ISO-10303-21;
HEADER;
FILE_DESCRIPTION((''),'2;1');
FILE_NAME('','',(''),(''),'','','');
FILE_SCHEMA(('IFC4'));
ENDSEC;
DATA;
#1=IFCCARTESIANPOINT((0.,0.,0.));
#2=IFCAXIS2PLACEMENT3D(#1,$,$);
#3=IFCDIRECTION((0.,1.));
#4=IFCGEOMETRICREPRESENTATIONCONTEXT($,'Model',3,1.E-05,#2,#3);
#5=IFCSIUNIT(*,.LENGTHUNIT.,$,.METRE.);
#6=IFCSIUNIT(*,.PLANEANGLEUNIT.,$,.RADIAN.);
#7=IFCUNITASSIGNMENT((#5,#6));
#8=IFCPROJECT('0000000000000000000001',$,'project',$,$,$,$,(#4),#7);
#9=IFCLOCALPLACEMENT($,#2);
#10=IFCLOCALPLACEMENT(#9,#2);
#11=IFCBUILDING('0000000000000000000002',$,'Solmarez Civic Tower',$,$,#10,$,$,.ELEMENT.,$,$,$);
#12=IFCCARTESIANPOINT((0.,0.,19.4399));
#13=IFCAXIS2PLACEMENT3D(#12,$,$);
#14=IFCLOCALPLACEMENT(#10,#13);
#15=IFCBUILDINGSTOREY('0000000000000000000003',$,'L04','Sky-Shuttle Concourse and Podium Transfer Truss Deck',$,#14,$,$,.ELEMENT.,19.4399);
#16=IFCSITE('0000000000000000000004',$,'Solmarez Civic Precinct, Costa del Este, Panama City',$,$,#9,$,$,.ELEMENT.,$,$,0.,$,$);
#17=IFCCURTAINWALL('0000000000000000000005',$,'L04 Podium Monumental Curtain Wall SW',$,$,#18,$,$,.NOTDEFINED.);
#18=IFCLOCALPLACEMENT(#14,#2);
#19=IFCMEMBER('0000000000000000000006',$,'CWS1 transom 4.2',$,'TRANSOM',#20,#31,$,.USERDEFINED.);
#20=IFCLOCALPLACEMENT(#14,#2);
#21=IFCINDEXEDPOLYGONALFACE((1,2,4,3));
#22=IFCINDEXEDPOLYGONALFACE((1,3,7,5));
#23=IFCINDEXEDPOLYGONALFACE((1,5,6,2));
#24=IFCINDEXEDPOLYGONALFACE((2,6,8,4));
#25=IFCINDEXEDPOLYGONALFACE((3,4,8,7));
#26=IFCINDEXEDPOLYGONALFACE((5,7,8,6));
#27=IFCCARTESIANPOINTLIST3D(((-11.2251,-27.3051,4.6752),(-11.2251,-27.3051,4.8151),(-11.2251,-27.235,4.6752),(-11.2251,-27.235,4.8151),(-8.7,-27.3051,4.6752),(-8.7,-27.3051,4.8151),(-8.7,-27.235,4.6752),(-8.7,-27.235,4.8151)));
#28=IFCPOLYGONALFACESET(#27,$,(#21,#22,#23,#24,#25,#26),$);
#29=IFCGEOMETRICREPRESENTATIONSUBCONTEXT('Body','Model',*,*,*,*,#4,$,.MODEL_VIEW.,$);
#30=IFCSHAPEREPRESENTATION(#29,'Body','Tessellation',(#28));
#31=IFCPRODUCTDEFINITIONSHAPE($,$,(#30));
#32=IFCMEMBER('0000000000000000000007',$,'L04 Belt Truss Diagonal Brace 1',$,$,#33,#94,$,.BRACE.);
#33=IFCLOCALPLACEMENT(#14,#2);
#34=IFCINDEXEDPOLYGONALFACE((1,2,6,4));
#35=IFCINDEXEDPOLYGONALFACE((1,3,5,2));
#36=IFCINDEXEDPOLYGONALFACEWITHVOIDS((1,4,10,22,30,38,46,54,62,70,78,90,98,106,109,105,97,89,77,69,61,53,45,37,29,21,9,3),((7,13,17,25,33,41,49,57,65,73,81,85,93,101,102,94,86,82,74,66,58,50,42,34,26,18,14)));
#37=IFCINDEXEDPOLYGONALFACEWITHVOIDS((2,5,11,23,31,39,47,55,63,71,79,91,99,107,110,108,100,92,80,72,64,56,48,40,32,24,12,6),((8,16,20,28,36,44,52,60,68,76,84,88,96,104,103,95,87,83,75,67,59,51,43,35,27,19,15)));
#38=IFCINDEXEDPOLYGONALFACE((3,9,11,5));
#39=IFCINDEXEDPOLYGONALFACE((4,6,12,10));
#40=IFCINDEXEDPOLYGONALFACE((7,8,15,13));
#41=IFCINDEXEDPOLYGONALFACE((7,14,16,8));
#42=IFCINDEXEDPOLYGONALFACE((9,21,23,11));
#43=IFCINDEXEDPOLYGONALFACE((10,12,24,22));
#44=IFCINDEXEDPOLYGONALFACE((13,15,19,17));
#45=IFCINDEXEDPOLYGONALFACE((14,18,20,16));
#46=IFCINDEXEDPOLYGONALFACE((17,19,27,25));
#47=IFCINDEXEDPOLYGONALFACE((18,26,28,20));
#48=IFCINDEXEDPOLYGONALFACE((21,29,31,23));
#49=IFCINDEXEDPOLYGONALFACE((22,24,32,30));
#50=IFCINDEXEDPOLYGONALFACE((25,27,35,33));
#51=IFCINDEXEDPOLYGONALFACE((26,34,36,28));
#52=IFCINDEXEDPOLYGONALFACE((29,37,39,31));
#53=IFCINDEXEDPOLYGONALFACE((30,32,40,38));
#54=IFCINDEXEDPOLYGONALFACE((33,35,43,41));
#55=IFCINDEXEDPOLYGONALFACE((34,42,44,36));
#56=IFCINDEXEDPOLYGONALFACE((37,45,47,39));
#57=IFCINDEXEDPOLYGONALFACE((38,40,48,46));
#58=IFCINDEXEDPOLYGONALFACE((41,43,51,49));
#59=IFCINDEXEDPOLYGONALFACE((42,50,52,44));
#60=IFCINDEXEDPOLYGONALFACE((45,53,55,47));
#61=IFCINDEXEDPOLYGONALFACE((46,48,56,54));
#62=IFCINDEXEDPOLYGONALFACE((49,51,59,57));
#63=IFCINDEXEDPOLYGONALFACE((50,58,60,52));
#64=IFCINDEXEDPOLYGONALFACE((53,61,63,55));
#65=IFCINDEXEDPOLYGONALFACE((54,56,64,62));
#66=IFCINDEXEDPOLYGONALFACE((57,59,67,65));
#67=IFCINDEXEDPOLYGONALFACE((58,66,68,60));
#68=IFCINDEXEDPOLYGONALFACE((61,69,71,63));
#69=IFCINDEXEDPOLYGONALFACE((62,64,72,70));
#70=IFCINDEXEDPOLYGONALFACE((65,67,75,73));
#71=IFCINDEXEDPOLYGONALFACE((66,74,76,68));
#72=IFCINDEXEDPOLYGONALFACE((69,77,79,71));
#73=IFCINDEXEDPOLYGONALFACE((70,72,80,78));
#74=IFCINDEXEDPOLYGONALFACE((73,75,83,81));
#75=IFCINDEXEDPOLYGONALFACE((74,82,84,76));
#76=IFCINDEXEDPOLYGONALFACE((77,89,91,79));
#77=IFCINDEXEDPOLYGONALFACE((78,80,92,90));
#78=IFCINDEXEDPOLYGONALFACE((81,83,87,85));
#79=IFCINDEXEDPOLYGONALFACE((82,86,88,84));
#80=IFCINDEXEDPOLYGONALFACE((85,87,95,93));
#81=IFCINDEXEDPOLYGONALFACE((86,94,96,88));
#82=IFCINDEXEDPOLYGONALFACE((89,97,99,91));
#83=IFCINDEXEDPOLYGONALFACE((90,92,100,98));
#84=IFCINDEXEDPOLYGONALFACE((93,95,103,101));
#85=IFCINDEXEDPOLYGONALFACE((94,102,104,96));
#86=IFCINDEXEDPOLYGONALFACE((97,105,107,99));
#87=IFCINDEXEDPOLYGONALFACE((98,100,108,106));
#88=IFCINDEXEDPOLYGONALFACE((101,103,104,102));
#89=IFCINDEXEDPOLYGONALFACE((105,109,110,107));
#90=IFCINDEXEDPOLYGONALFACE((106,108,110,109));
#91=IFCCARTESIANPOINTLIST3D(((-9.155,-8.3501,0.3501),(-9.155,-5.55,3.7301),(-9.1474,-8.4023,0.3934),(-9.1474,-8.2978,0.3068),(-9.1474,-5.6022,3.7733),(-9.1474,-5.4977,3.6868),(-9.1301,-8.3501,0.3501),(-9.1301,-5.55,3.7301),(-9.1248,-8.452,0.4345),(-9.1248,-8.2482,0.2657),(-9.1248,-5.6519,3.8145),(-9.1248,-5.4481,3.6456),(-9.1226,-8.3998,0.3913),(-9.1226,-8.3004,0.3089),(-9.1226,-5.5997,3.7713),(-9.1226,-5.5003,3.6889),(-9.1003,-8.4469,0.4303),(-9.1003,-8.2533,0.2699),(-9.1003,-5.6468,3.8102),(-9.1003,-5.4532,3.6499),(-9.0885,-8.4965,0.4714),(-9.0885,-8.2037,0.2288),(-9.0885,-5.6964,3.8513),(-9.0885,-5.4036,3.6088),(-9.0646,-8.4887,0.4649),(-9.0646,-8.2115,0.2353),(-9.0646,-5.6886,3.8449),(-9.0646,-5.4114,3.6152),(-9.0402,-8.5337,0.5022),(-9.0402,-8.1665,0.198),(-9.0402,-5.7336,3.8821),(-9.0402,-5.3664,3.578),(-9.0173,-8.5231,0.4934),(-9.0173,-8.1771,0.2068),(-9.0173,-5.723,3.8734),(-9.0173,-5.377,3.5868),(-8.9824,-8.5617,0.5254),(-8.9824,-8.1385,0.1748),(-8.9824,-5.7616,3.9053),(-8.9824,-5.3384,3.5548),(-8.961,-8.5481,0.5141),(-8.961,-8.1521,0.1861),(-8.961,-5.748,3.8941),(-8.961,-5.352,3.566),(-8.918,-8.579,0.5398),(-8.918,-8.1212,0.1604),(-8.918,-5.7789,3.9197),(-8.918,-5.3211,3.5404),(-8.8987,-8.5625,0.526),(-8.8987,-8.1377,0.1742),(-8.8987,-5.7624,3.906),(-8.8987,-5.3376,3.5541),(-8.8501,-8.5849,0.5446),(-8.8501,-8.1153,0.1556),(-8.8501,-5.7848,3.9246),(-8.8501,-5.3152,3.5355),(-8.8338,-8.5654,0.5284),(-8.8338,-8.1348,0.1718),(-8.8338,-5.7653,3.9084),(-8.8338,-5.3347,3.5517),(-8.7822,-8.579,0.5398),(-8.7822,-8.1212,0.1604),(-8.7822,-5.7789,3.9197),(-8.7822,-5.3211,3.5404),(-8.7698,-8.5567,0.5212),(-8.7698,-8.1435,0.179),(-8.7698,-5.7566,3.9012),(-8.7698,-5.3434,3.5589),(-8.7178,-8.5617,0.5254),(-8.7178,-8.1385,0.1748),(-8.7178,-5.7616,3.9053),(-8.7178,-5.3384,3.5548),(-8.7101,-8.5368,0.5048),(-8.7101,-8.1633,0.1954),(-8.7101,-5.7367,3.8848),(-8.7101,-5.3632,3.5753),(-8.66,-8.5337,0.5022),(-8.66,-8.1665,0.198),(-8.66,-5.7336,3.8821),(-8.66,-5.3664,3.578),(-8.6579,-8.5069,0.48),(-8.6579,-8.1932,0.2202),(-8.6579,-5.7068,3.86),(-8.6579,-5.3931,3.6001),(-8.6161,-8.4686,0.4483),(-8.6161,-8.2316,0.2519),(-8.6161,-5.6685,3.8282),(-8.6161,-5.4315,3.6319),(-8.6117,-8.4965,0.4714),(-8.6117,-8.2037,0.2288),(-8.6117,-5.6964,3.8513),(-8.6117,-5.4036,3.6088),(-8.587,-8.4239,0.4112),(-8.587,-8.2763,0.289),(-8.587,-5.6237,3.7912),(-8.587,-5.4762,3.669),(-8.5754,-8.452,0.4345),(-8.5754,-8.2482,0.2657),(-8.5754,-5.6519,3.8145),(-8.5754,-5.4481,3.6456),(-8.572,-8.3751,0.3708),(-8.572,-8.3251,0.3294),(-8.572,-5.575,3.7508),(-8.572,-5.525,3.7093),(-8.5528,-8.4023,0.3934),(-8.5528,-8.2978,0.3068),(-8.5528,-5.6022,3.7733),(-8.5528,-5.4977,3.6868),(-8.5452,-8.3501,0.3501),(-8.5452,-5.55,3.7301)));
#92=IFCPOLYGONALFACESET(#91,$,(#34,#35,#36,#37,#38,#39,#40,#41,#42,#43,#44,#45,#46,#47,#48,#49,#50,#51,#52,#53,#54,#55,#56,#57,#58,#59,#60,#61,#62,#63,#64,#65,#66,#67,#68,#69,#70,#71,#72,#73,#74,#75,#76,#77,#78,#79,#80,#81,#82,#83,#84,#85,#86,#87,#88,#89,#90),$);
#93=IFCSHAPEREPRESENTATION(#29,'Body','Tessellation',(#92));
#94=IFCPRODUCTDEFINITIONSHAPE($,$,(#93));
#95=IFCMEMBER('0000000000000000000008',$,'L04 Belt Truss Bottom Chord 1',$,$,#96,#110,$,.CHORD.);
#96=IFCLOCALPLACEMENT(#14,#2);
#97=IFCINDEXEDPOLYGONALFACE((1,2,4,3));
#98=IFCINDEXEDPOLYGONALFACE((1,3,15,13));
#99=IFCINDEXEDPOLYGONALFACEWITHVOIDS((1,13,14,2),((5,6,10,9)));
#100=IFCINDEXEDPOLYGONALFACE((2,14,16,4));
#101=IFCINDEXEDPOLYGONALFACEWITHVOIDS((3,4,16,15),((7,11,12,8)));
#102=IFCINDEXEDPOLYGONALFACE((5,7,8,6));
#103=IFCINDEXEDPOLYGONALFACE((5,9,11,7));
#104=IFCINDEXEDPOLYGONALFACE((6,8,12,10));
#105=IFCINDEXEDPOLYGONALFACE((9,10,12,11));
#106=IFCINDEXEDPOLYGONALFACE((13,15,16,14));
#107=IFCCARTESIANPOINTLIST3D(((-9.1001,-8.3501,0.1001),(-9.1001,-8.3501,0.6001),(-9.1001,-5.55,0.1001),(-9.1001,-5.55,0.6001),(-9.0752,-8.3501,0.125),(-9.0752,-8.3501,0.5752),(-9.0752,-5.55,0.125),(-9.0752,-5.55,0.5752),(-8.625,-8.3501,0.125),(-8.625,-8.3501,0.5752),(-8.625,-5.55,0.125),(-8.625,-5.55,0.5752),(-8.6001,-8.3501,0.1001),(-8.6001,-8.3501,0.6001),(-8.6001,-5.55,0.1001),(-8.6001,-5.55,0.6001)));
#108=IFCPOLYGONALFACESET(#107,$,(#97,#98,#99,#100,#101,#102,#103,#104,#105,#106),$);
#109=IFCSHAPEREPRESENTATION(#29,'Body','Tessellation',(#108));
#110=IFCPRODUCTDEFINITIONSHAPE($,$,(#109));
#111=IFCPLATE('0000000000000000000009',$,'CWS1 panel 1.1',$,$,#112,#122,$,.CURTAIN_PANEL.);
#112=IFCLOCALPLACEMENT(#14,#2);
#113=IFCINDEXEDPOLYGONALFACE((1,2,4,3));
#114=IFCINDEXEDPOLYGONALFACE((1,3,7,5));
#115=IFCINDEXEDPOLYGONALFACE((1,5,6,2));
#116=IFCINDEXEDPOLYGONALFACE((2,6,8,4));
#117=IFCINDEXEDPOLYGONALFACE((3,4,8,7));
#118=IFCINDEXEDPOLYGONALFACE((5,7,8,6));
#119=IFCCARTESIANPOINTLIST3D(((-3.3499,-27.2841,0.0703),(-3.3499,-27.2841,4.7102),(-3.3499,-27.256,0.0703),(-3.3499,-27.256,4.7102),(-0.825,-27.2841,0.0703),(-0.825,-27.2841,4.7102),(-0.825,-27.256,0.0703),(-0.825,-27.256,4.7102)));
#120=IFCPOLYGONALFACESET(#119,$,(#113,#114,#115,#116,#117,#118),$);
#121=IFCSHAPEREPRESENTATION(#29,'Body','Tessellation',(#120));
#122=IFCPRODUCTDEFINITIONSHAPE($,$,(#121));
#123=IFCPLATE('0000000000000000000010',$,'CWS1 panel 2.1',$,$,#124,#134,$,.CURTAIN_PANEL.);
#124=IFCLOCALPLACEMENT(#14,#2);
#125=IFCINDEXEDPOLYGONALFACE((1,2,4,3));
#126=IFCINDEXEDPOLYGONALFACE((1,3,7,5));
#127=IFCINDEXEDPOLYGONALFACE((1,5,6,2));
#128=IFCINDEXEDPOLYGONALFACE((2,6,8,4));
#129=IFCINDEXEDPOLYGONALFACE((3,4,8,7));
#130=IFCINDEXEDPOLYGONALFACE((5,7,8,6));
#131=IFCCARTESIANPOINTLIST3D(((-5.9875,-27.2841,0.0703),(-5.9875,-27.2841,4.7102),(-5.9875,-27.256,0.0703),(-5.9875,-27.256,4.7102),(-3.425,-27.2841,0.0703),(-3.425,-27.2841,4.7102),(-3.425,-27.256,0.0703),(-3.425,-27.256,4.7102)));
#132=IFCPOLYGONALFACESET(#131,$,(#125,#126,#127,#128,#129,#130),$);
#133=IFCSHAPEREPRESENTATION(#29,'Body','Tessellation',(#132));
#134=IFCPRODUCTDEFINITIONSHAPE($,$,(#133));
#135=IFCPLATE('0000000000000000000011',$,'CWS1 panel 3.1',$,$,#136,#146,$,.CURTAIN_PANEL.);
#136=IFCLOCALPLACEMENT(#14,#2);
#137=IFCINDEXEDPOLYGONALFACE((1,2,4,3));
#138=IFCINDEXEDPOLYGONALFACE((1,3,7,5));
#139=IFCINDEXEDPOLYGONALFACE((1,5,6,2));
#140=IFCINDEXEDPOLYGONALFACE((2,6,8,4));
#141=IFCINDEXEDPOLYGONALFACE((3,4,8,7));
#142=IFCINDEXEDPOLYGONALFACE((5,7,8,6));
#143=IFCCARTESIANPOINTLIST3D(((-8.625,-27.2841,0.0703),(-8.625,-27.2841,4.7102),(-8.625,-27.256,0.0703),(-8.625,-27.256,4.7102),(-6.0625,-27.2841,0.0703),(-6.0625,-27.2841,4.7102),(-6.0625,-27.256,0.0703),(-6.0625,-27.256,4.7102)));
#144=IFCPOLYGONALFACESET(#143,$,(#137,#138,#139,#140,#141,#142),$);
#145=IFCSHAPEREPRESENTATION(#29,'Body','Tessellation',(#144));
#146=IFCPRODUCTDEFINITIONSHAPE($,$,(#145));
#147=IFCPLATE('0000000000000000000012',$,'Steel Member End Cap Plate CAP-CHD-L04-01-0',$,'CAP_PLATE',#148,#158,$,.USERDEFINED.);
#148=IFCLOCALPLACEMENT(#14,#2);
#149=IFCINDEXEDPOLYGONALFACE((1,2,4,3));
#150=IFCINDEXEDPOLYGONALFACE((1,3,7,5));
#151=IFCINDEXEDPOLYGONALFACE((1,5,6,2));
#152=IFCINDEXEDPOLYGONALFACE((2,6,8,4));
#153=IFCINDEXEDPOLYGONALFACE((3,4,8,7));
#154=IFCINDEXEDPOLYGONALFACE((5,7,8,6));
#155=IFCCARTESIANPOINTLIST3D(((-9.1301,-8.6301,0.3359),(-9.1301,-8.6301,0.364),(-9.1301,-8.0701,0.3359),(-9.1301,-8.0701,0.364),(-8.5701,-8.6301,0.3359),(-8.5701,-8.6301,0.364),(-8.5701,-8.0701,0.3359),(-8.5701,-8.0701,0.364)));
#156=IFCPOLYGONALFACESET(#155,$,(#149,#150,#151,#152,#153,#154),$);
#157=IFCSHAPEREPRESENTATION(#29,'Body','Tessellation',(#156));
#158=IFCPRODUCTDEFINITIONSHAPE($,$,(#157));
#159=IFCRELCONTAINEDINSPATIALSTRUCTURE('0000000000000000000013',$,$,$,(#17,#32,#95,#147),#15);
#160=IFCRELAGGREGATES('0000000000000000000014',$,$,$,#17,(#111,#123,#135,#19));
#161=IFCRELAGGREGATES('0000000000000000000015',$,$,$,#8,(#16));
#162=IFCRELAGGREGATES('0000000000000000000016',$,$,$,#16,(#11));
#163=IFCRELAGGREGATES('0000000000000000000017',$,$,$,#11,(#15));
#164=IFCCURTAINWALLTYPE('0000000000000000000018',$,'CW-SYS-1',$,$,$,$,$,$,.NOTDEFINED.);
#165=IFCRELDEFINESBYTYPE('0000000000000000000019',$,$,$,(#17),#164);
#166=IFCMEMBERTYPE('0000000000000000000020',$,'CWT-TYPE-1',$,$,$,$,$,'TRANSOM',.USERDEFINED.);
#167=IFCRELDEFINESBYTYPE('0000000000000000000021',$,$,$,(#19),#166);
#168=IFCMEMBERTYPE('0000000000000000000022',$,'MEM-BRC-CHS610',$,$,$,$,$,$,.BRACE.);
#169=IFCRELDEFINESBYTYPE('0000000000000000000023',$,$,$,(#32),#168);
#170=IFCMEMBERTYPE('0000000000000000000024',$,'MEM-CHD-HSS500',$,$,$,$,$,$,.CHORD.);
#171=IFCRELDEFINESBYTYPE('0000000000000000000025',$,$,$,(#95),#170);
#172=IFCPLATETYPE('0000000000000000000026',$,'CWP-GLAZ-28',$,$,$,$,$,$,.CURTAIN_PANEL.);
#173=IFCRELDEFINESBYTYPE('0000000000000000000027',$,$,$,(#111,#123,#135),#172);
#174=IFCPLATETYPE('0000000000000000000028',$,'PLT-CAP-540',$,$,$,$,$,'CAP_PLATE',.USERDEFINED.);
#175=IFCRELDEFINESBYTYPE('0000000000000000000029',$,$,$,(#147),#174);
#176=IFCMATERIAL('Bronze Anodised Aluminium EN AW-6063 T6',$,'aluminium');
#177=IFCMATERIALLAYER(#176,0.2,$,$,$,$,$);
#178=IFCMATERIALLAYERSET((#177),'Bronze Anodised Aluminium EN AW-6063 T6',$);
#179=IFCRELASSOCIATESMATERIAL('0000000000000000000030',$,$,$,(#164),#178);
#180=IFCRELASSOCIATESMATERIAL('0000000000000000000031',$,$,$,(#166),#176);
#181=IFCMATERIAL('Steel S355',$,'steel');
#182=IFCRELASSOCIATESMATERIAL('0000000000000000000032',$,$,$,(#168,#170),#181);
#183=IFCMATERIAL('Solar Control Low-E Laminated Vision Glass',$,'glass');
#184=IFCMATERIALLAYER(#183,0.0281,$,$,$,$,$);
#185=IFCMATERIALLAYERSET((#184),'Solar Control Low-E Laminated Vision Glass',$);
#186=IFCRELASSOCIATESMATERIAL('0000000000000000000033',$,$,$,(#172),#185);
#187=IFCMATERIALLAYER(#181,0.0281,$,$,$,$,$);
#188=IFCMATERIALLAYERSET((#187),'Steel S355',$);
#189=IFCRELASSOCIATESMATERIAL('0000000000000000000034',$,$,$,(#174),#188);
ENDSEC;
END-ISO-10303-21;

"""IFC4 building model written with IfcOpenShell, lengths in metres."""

from ifc_helpers import new_model, si_unit, direction, frame, origin, origin_2d, place, context, subcontext, project, spatial, rectangle, hollow_rectangle, hollow_circle, extrude, material, layer, layer_set, material_profile, profile_set, type_object, element, aggregate, save


model = new_model("IFC4")

# Units and contexts
model_context = context("Model", 3, precision=1e-05, world=origin(), true_north=direction((0.0, 1.0)))
body_context = subcontext(model_context, "Body", "Model", "MODEL_VIEW")
ifc_project = project(units=[si_unit("LENGTHUNIT", "METRE"), si_unit("PLANEANGLEUNIT", "RADIAN")], contexts=[model_context])

# Site, building, storey
site_placement = place(None, origin())
site = spatial("IfcSite", under=ifc_project, at=site_placement, Name="Solmarez Civic Precinct, Costa del Este, Panama City", CompositionType="ELEMENT", RefElevation=0.0)
building_placement = place(site_placement, origin())
building = spatial("IfcBuilding", under=site, at=building_placement, Name="Solmarez Civic Tower", CompositionType="ELEMENT")
storey_placement = place(building_placement, frame((0.0, 0.0, 19.4399)))
storey = spatial("IfcBuildingStorey", under=building, at=storey_placement, Name="L04", Description="Sky-Shuttle Concourse and Podium Transfer Truss Deck", CompositionType="ELEMENT", Elevation=19.4399)

# Shared definitions
ifc_material_1 = material(Name="Steel S355", Category="steel")

# Curtain wall, member
ifc_material_2 = material(Name="Bronze Anodised Aluminium EN AW-6063 T6", Category="aluminium")
ifc_layer_1 = layer(ifc_material_2, 0.2)
ifc_layer_set_1 = layer_set([ifc_layer_1], Name="Bronze Anodised Aluminium EN AW-6063 T6")
curtain_wall_type = type_object("IfcCurtainWallType", Name="CW-SYS-1", PredefinedType="NOTDEFINED", material=ifc_layer_set_1)
curtain_wall_placement = place(storey_placement, origin())
curtain_wall = element("IfcCurtainWall", 1, at=curtain_wall_placement, inside=storey, type_object=curtain_wall_type, Name="L04 Podium Monumental Curtain Wall SW", PredefinedType="NOTDEFINED")
ifc_material_profile_1 = material_profile(ifc_material_2, rectangle(XDim=0.0701, YDim=0.1399, at=origin_2d()), Name="CWT-70X140")
ifc_profile_set_1 = profile_set([ifc_material_profile_1], Name="Bronze Anodised Aluminium EN AW-6063 T6")
member_type_1 = type_object("IfcMemberType", Name="CWT-TYPE-1", ElementType="TRANSOM", PredefinedType="USERDEFINED", material=ifc_profile_set_1)
member_1_placement = place(storey_placement, frame((-8.7, -27.27, 4.7451), z_axis=(-1.0, 0.0, 0.0), x_axis=(0.0, -1.0, 0.0)))
member_1 = element("IfcMember", 2, at=member_1_placement, type_object=member_type_1, Name="CWS1 transom 4.2", ObjectType="TRANSOM", PredefinedType="USERDEFINED", context=body_context, shape_type="SweptSolid", body=[
    extrude(rectangle(XDim=0.0701, YDim=0.1399, at=origin_2d()), origin(), (0.0, 0.0, 1.0), 2.5251),
])

# Members
ifc_material_profile_2 = material_profile(ifc_material_1, hollow_circle(Radius=0.3049, WallThickness=0.0249, at=origin_2d()), Name="CHS610X25")
ifc_profile_set_2 = profile_set([ifc_material_profile_2], Name="Steel S355")
member_type_2 = type_object("IfcMemberType", Name="MEM-BRC-CHS610", PredefinedType="BRACE", material=ifc_profile_set_2)
member_2_placement = place(storey_placement, frame((-8.8501, -8.3501, 0.3501), z_axis=(0.0, 0.63796, 0.770069), x_axis=(-1.0, 0.0, 0.0)))
element("IfcMember", 3, at=member_2_placement, inside=storey, type_object=member_type_2, Name="L04 Belt Truss Diagonal Brace 1", PredefinedType="BRACE", context=body_context, shape_type="SweptSolid", body=[
    extrude(hollow_circle(Radius=0.3049, WallThickness=0.0249, at=origin_2d()), origin(), (0.0, 0.0, 1.0), 4.3892),
])
ifc_material_profile_3 = material_profile(ifc_material_1, hollow_rectangle(XDim=0.5, YDim=0.5, WallThickness=0.0249, at=origin_2d()), Name="HSS500X500X25")
ifc_profile_set_3 = profile_set([ifc_material_profile_3], Name="Steel S355")
member_type_3 = type_object("IfcMemberType", Name="MEM-CHD-HSS500", PredefinedType="CHORD", material=ifc_profile_set_3)
member_3_placement = place(storey_placement, frame((-8.8501, -8.3501, 0.3501), z_axis=(0.0, 1.0, 0.0), x_axis=(-1.0, 0.0, 0.0)))
element("IfcMember", 4, at=member_3_placement, inside=storey, type_object=member_type_3, Name="L04 Belt Truss Bottom Chord 1", PredefinedType="CHORD", context=body_context, shape_type="SweptSolid", body=[
    extrude(hollow_rectangle(XDim=0.5, YDim=0.5, WallThickness=0.0249, at=origin_2d()), origin(), (0.0, 0.0, 1.0), 2.8),
])

# Plates
ifc_material_3 = material(Name="Solar Control Low-E Laminated Vision Glass", Category="glass")
ifc_layer_2 = layer(ifc_material_3, 0.0281)
ifc_layer_set_2 = layer_set([ifc_layer_2], Name="Solar Control Low-E Laminated Vision Glass")
plate_type_1 = type_object("IfcPlateType", Name="CWP-GLAZ-28", PredefinedType="CURTAIN_PANEL", material=ifc_layer_set_2)
plate_1_placement = place(storey_placement, frame((-2.0874, -27.27, 0.0703), z_axis=(0.0, 0.0, 1.0), x_axis=(-1.0, 0.0, 0.0)))
plate_1 = element("IfcPlate", 5, at=plate_1_placement, type_object=plate_type_1, Name="CWS1 panel 1.1", PredefinedType="CURTAIN_PANEL", context=body_context, shape_type="SweptSolid", body=[
    extrude(rectangle(XDim=2.5249, YDim=0.0281, at=origin_2d()), origin(), (0.0, 0.0, 1.0), 4.6399),
])
plate_2_placement = place(storey_placement, frame((-4.7063, -27.27, 0.0703), z_axis=(0.0, 0.0, 1.0), x_axis=(-1.0, 0.0, 0.0)))
plate_2 = element("IfcPlate", 6, at=plate_2_placement, type_object=plate_type_1, Name="CWS1 panel 2.1", PredefinedType="CURTAIN_PANEL", context=body_context, shape_type="SweptSolid", body=[
    extrude(rectangle(XDim=2.5625, YDim=0.0281, at=origin_2d()), origin(), (0.0, 0.0, 1.0), 4.6399),
])
plate_3_placement = place(storey_placement, frame((-7.3438, -27.27, 0.0703), z_axis=(0.0, 0.0, 1.0), x_axis=(-1.0, 0.0, 0.0)))
plate_3 = element("IfcPlate", 7, at=plate_3_placement, type_object=plate_type_1, Name="CWS1 panel 3.1", PredefinedType="CURTAIN_PANEL", context=body_context, shape_type="SweptSolid", body=[
    extrude(rectangle(XDim=2.5625, YDim=0.0281, at=origin_2d()), origin(), (0.0, 0.0, 1.0), 4.6399),
])
aggregate(curtain_wall, [plate_1, plate_2, plate_3, member_1])
ifc_layer_3 = layer(ifc_material_1, 0.0281)
ifc_layer_set_3 = layer_set([ifc_layer_3], Name="Steel S355")
plate_type_2 = type_object("IfcPlateType", Name="PLT-CAP-540", ElementType="CAP_PLATE", PredefinedType="USERDEFINED", material=ifc_layer_set_3)
plate_4_placement = place(storey_placement, frame((-8.8501, -8.3501, 0.3359), z_axis=(0.0, 0.0, 1.0), x_axis=(1.0, 0.0, 0.0)))
element("IfcPlate", 8, at=plate_4_placement, inside=storey, type_object=plate_type_2, Name="Steel Member End Cap Plate CAP-CHD-L04-01-0", ObjectType="CAP_PLATE", PredefinedType="USERDEFINED", context=body_context, shape_type="SweptSolid", body=[
    extrude(rectangle(XDim=0.5601, YDim=0.5601, at=origin_2d()), origin(), (0.0, 0.0, 1.0), 0.0281),
])

save(model, "model.ifc")
